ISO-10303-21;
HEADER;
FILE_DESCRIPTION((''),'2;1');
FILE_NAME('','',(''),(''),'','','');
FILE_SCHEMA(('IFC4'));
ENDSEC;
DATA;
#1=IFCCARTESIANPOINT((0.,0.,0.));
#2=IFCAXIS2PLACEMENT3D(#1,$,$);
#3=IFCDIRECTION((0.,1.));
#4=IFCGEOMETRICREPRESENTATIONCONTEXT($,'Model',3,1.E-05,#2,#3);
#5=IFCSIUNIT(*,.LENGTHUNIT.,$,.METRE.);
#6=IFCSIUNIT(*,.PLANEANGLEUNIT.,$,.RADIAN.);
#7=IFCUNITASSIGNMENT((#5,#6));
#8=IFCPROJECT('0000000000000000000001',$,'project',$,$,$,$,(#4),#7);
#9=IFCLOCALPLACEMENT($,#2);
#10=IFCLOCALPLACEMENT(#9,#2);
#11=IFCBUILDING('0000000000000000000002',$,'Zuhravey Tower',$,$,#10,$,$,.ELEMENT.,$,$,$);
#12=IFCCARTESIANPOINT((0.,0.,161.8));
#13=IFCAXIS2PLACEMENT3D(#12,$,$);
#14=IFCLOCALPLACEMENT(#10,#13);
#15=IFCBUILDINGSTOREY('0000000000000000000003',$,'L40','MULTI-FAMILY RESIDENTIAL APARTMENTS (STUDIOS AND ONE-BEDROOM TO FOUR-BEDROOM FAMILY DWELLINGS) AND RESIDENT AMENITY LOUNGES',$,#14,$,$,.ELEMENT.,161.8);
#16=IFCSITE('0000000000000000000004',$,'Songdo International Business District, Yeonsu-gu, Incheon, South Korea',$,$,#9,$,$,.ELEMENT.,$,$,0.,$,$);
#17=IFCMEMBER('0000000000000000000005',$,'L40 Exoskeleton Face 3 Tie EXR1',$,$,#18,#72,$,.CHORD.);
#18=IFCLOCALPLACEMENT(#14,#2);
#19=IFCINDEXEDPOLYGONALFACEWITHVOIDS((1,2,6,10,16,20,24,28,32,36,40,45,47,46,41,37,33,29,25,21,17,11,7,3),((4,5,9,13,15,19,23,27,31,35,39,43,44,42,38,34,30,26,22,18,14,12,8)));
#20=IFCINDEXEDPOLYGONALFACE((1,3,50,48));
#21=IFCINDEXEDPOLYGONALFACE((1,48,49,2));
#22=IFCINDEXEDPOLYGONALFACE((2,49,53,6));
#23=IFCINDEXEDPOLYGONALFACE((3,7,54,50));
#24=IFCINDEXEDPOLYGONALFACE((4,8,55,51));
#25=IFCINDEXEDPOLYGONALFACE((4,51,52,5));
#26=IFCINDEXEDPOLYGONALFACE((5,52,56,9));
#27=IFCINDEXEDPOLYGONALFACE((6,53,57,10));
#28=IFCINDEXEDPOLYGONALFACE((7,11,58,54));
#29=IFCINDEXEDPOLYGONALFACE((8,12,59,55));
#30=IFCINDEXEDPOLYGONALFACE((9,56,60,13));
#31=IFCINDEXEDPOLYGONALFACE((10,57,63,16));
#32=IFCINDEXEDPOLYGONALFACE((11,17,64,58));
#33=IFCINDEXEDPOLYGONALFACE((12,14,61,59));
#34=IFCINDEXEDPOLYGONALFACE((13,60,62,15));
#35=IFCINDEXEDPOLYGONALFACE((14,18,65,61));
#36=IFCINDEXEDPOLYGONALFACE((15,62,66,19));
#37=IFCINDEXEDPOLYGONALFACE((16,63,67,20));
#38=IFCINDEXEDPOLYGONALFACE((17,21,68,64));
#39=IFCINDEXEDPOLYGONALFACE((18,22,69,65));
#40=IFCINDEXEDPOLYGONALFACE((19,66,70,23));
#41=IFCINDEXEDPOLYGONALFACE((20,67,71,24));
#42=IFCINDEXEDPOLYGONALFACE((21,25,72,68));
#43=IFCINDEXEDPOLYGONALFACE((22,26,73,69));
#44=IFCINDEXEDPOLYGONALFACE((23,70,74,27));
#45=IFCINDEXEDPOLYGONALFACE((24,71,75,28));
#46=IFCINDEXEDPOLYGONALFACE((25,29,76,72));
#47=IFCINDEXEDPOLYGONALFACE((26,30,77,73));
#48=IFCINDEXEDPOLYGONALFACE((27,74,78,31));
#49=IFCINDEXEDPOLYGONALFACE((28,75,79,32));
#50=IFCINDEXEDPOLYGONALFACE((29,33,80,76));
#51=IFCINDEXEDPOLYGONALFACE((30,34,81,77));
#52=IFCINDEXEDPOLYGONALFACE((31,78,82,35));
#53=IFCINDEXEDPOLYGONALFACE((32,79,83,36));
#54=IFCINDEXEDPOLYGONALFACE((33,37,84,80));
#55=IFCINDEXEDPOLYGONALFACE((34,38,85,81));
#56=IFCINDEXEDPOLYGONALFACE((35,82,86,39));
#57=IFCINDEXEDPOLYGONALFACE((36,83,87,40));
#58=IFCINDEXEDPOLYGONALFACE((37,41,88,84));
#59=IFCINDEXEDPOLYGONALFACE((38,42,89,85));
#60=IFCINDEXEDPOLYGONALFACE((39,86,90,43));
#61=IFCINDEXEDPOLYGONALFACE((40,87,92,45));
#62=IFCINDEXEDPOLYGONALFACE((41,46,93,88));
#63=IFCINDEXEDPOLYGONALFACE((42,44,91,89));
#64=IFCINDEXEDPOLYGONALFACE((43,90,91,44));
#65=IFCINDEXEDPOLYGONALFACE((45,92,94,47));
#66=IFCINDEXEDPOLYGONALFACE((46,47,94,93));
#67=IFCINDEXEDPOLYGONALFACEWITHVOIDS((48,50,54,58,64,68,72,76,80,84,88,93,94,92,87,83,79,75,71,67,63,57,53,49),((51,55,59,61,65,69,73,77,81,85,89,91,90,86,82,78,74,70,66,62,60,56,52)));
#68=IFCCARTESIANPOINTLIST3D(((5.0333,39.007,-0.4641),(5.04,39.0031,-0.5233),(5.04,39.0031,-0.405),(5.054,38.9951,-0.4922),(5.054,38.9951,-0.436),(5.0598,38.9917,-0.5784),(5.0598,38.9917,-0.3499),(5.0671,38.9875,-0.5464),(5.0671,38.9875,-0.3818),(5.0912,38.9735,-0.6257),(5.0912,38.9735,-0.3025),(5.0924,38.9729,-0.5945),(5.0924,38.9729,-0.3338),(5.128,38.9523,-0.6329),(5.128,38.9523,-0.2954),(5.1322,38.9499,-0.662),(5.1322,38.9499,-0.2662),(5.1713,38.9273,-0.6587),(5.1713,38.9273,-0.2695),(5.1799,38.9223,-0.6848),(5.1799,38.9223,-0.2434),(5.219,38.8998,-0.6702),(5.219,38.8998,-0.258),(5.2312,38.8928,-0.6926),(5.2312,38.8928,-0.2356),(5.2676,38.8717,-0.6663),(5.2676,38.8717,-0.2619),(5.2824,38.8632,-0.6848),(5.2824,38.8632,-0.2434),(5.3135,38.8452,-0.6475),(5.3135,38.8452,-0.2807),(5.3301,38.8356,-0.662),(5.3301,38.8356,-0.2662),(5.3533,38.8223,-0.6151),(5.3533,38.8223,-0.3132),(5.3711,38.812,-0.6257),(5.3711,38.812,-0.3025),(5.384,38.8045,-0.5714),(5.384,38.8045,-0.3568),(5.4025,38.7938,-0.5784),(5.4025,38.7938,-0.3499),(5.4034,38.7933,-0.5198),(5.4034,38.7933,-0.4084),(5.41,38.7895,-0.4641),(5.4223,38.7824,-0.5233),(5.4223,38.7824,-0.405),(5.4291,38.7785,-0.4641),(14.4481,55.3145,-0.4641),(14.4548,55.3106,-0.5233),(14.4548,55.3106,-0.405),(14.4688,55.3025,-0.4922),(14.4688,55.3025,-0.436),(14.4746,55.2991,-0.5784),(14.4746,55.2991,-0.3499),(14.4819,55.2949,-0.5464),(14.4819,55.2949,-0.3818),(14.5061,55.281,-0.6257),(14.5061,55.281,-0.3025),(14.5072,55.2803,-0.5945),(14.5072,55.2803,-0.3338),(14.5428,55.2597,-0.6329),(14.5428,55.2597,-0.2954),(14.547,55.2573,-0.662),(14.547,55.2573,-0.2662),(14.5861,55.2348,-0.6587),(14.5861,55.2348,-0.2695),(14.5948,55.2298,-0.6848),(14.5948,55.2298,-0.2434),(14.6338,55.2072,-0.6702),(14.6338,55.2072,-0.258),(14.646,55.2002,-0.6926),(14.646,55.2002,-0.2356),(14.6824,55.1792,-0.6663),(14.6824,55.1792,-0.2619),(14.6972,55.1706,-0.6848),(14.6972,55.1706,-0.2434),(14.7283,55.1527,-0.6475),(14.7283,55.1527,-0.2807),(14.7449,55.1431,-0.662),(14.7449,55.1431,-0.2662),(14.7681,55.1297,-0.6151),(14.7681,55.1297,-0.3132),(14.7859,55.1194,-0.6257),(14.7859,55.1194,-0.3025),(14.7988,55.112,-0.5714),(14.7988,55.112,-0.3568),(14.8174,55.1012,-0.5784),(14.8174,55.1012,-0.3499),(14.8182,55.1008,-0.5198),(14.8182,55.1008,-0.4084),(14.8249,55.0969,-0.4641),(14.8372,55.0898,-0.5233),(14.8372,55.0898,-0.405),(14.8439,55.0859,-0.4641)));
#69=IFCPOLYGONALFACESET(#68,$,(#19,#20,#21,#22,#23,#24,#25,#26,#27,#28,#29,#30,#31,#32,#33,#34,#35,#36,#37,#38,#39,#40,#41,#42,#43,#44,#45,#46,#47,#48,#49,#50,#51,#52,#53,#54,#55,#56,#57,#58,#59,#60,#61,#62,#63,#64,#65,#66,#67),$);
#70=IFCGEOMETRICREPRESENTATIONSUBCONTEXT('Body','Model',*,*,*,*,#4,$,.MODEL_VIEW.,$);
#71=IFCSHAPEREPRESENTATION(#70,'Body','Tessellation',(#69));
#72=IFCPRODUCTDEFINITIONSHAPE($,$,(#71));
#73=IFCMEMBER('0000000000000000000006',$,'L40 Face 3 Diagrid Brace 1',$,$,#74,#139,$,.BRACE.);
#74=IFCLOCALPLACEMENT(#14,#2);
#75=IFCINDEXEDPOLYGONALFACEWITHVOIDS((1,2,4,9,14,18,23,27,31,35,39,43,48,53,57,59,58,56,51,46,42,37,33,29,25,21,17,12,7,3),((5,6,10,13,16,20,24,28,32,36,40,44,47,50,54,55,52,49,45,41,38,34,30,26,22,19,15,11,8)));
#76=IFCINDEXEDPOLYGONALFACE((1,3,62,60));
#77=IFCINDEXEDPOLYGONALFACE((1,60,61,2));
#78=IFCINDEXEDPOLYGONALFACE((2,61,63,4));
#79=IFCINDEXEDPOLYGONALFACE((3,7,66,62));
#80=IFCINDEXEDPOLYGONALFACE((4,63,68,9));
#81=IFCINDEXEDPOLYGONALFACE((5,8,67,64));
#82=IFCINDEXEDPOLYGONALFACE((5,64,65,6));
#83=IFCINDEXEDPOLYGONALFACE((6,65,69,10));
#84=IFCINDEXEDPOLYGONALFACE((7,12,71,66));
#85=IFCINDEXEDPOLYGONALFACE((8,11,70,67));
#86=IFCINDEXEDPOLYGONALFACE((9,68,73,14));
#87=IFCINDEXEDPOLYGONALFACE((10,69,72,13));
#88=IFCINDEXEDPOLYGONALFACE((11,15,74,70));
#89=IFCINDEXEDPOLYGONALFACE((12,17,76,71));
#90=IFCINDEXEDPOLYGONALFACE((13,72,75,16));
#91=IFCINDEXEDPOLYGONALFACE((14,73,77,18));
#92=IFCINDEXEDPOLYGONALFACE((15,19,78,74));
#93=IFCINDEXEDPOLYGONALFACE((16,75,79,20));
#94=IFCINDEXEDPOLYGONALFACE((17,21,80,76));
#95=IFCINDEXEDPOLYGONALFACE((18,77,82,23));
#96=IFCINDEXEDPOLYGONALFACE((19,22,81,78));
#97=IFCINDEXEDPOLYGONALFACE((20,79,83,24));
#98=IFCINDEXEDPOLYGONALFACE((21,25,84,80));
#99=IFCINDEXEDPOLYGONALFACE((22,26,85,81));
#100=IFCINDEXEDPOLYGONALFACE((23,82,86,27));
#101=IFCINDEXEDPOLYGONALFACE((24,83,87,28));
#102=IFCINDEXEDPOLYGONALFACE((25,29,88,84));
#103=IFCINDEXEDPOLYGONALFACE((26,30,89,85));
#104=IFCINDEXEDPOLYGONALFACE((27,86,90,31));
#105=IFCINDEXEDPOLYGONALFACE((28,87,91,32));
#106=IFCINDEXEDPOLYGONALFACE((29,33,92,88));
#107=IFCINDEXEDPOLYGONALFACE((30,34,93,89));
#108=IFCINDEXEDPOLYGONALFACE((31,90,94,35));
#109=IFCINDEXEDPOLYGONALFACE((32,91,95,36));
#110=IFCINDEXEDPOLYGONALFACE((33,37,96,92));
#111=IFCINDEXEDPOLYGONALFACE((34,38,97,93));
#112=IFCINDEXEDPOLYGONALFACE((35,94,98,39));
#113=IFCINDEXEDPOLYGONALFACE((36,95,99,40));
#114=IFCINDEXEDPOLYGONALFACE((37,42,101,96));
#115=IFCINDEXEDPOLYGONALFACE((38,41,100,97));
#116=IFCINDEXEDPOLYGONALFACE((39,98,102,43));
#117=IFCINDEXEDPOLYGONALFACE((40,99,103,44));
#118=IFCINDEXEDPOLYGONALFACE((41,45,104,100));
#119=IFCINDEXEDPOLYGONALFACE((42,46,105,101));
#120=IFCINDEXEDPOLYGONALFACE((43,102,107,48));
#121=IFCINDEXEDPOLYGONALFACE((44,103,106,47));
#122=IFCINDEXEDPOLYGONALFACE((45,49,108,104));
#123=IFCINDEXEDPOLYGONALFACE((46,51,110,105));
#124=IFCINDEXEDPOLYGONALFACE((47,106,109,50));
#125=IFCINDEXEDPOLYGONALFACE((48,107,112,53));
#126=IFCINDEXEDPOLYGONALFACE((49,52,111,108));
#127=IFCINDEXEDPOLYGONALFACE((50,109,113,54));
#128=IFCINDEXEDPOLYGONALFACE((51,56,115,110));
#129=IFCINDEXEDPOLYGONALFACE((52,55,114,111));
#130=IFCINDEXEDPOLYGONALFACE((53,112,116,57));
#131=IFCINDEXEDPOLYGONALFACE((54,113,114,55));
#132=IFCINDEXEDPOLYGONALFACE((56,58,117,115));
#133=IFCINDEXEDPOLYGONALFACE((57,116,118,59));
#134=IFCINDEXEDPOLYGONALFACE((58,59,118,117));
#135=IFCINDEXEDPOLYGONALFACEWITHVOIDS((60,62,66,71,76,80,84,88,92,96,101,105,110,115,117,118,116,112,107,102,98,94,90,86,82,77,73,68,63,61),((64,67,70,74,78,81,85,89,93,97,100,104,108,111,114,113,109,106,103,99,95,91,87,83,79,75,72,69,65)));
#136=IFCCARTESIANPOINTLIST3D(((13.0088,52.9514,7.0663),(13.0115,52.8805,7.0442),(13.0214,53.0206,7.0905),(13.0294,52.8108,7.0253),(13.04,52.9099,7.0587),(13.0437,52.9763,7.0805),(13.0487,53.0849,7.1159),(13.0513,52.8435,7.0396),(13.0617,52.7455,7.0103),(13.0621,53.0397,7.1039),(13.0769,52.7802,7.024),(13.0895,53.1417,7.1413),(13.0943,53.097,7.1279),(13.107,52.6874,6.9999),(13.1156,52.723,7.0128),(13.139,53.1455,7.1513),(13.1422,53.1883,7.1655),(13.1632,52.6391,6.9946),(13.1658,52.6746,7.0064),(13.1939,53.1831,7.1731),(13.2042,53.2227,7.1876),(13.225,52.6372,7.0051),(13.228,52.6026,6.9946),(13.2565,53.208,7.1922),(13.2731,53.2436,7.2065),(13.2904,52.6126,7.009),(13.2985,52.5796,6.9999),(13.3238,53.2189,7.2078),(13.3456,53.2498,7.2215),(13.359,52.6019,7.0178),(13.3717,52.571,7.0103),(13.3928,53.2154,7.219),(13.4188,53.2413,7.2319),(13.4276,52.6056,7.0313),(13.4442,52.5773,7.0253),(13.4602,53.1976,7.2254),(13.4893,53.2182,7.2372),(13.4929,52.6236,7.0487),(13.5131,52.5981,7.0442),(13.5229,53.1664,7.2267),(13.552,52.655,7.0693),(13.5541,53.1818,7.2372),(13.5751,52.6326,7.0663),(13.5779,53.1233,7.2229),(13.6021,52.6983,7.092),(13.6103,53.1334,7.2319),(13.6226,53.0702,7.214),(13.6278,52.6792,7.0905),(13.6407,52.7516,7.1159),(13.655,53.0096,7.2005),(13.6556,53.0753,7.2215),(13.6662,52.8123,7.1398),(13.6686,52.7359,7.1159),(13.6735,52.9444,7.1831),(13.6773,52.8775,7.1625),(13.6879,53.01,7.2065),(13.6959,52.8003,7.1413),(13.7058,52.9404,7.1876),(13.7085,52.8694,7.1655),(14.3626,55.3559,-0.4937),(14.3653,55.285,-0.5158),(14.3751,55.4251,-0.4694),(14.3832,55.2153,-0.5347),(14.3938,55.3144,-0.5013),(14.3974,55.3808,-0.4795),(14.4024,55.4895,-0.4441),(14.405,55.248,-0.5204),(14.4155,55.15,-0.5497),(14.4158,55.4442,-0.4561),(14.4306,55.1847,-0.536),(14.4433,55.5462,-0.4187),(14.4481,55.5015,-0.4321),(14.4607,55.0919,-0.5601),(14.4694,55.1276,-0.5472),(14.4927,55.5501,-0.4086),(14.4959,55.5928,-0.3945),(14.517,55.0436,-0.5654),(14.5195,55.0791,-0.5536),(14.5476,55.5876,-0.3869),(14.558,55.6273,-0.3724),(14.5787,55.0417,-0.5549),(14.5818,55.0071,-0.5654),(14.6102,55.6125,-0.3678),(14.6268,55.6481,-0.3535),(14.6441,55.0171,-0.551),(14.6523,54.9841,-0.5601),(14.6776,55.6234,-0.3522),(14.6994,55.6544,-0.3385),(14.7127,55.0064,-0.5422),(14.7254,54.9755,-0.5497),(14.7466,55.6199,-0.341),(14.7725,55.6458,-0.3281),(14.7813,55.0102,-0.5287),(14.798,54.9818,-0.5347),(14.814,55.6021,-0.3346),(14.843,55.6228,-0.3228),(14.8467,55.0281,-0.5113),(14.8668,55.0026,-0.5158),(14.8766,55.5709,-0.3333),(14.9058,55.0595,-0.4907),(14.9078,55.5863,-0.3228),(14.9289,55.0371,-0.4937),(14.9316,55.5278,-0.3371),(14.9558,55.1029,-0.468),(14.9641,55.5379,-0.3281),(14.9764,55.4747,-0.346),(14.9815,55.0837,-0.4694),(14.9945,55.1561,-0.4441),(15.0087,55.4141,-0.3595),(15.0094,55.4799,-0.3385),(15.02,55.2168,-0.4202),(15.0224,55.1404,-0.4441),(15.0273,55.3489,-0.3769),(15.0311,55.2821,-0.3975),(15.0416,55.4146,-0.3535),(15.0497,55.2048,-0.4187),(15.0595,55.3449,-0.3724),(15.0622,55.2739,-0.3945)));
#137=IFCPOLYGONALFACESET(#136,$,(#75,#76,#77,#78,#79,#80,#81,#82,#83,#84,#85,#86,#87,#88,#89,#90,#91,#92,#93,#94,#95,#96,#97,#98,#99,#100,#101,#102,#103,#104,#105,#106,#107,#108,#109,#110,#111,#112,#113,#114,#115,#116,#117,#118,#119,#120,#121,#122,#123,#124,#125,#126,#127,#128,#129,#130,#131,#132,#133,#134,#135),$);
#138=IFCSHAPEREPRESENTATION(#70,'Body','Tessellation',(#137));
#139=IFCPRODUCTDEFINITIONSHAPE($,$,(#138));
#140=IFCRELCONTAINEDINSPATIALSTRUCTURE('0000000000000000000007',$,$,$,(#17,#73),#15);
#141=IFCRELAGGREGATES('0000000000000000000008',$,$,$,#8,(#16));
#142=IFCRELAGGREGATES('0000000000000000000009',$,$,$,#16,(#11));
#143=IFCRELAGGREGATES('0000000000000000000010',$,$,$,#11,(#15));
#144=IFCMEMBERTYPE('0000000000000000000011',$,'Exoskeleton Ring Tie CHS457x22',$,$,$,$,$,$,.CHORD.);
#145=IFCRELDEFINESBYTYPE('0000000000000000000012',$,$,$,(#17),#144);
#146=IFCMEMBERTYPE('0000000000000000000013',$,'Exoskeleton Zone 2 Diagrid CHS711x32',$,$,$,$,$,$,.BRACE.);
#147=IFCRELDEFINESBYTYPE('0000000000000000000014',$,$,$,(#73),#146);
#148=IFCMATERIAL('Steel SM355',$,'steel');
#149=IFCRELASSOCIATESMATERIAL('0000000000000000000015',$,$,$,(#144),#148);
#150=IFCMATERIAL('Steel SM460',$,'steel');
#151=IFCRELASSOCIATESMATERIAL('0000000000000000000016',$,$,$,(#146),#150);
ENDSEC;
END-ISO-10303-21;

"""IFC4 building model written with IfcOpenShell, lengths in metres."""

from ifc_helpers import new_model, si_unit, direction, frame, origin, origin_2d, place, context, subcontext, project, spatial, hollow_circle, extrude, material, material_profile, profile_set, type_object, element, save


model = new_model("IFC4")

# Units and contexts
model_context = context("Model", 3, precision=1e-05, world=origin(), true_north=direction((0.0, 1.0)))
body_context = subcontext(model_context, "Body", "Model", "MODEL_VIEW")
ifc_project = project(units=[si_unit("LENGTHUNIT", "METRE"), si_unit("PLANEANGLEUNIT", "RADIAN")], contexts=[model_context])

# Site, building, storey
site_placement = place(None, origin())
site = spatial("IfcSite", under=ifc_project, at=site_placement, Name="Songdo International Business District, Yeonsu-gu, Incheon, South Korea", CompositionType="ELEMENT", RefElevation=0.0)
building_placement = place(site_placement, origin())
building = spatial("IfcBuilding", under=site, at=building_placement, Name="Zuhravey Tower", CompositionType="ELEMENT")
storey_placement = place(building_placement, frame((0.0, 0.0, 161.8)))
storey = spatial("IfcBuildingStorey", under=building, at=storey_placement, Name="L40", Description="MULTI-FAMILY RESIDENTIAL APARTMENTS (STUDIOS AND ONE-BEDROOM TO FOUR-BEDROOM FAMILY DWELLINGS) AND RESIDENT AMENITY LOUNGES", CompositionType="ELEMENT", Elevation=161.8)

# Members
ifc_material_1 = material(Name="Steel SM355", Category="steel")
ifc_material_profile_1 = material_profile(ifc_material_1, hollow_circle(Radius=0.2285, WallThickness=0.022, at=origin_2d()), Name="CHS-457.2x22")
ifc_profile_set_1 = profile_set([ifc_material_profile_1], Name="Steel SM355")
member_type_1 = type_object("IfcMemberType", Name="Exoskeleton Ring Tie CHS457x22", PredefinedType="CHORD", material=ifc_profile_set_1)
member_1_placement = place(storey_placement, frame((14.646, 55.2002, -0.4641), z_axis=(-0.499989, -0.866032, 0.0), x_axis=(0.866032, -0.499989, 0.0)))
element("IfcMember", 1, at=member_1_placement, inside=storey, type_object=member_type_1, Name="L40 Exoskeleton Face 3 Tie EXR1", PredefinedType="CHORD", context=body_context, shape_type="SweptSolid", body=[
    extrude(hollow_circle(Radius=0.2285, WallThickness=0.022, at=origin_2d()), origin(), (0.0, 0.0, 1.0), 18.8301),
])
ifc_material_2 = material(Name="Steel SM460", Category="steel")
ifc_material_profile_2 = material_profile(ifc_material_2, hollow_circle(Radius=0.3557, WallThickness=0.032, at=origin_2d()), Name="CHS-711.2x32")
ifc_profile_set_2 = profile_set([ifc_material_profile_2], Name="Steel SM460")
member_type_2 = type_object("IfcMemberType", Name="Exoskeleton Zone 2 Diagrid CHS711x32", PredefinedType="BRACE", material=ifc_profile_set_2)
member_2_placement = place(storey_placement, frame((14.7124, 55.3149, -0.4441), z_axis=(-0.168212, -0.298778, 0.939381), x_axis=(0.871389, -0.490593, 0.0)))
element("IfcMember", 2, at=member_2_placement, inside=storey, type_object=member_type_2, Name="L40 Face 3 Diagrid Brace 1", PredefinedType="BRACE", context=body_context, shape_type="SweptSolid", body=[
    extrude(hollow_circle(Radius=0.3557, WallThickness=0.032, at=origin_2d()), origin(), (0.0, 0.0, 1.0), 8.0479),
])

save(model, "model.ifc")
